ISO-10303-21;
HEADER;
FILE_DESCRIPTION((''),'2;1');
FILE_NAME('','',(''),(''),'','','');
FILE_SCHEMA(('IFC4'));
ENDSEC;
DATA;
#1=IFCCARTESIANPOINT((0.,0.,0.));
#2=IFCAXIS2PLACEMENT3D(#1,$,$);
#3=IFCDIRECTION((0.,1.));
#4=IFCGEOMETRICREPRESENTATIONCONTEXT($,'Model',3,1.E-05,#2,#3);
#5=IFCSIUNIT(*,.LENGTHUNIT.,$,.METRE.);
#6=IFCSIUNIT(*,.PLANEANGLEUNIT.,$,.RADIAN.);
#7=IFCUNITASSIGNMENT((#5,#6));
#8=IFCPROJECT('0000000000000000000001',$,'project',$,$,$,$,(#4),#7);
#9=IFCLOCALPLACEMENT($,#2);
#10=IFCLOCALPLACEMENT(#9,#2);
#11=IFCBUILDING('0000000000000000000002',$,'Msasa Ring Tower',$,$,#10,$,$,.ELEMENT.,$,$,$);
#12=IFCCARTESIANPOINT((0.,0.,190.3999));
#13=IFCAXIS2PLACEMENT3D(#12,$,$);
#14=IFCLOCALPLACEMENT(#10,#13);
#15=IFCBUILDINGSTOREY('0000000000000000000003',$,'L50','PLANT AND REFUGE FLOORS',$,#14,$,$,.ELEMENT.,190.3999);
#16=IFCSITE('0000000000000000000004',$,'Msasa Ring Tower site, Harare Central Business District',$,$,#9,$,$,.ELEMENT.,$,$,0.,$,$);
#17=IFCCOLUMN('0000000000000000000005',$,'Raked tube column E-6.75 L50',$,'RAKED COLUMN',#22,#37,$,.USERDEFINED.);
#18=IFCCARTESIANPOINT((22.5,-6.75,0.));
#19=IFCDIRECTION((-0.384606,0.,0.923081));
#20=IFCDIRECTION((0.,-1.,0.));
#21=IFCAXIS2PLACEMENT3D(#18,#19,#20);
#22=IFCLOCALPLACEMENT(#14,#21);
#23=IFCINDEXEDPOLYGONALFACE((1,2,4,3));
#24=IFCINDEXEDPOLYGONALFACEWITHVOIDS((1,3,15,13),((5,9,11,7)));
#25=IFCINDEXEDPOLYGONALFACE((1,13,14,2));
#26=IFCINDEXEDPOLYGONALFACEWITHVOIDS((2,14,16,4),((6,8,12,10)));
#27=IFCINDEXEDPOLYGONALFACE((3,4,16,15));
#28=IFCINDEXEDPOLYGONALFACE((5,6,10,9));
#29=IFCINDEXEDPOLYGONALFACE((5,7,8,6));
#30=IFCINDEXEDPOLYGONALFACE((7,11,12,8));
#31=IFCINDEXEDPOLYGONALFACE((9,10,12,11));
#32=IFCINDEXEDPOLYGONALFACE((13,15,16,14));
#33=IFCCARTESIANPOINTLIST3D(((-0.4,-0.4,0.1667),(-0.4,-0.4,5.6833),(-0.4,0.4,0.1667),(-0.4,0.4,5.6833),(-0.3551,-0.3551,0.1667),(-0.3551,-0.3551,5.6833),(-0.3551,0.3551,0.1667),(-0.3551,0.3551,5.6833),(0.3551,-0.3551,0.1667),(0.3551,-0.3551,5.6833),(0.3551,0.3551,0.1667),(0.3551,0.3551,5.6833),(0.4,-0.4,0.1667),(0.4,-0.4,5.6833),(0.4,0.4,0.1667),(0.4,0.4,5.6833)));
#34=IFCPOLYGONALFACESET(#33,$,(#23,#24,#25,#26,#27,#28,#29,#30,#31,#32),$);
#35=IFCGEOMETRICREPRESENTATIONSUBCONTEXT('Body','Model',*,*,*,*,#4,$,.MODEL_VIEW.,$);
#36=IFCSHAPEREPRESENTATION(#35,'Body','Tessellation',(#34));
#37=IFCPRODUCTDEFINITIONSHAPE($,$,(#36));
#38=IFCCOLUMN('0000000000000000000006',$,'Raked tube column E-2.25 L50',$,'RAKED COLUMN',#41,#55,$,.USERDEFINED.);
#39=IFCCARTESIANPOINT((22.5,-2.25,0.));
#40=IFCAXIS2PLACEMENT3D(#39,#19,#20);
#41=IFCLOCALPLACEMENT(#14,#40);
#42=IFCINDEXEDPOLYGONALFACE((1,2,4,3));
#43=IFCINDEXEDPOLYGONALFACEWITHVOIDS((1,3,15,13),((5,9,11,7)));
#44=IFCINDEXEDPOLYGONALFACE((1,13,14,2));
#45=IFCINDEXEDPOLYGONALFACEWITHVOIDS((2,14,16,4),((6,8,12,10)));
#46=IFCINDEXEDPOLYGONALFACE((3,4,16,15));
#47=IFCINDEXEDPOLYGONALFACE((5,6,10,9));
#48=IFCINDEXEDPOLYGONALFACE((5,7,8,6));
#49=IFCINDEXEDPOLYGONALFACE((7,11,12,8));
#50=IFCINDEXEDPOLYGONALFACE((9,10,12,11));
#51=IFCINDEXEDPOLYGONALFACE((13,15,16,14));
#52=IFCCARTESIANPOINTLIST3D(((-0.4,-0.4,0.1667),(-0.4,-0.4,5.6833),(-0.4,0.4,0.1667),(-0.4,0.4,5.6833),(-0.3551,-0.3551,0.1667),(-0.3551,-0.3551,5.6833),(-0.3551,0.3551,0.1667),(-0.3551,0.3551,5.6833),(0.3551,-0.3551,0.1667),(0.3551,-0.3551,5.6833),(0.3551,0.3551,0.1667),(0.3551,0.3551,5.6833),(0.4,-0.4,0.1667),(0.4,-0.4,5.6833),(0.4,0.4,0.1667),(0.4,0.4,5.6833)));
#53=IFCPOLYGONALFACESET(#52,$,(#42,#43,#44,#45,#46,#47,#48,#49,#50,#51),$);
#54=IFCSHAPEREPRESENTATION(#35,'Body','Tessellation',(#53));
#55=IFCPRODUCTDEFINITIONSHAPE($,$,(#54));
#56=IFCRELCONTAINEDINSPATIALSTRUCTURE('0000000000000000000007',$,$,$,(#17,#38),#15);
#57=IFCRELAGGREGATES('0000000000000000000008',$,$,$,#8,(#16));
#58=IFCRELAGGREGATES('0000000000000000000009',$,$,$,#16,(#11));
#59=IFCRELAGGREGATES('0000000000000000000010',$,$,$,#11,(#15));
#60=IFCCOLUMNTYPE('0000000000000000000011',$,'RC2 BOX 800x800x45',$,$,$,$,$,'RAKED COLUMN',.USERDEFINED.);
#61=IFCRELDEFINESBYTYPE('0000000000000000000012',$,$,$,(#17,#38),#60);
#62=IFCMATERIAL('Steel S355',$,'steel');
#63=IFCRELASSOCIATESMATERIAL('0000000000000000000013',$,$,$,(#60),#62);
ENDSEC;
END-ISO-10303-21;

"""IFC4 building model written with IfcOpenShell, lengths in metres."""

from ifc_helpers import new_model, si_unit, direction, frame, origin, origin_2d, place, context, subcontext, project, spatial, hollow_rectangle, extrude, clip, halfspace, material, material_profile, profile_set, type_object, element, save


model = new_model("IFC4")

# Units and contexts
model_context = context("Model", 3, precision=1e-05, world=origin(), true_north=direction((0.0, 1.0)))
body_context = subcontext(model_context, "Body", "Model", "MODEL_VIEW")
ifc_project = project(units=[si_unit("LENGTHUNIT", "METRE"), si_unit("PLANEANGLEUNIT", "RADIAN")], contexts=[model_context])

# Site, building, storey
site_placement = place(None, origin())
site = spatial("IfcSite", under=ifc_project, at=site_placement, Name="Msasa Ring Tower site, Harare Central Business District", CompositionType="ELEMENT", RefElevation=0.0)
building_placement = place(site_placement, origin())
building = spatial("IfcBuilding", under=site, at=building_placement, Name="Msasa Ring Tower", CompositionType="ELEMENT")
storey_placement = place(building_placement, frame((0.0, 0.0, 190.3999)))
storey = spatial("IfcBuildingStorey", under=building, at=storey_placement, Name="L50", Description="PLANT AND REFUGE FLOORS", CompositionType="ELEMENT", Elevation=190.3999)

# Columns
ifc_material_1 = material(Name="Steel S355", Category="steel")
ifc_material_profile_1 = material_profile(ifc_material_1, hollow_rectangle(XDim=0.8, YDim=0.8, WallThickness=0.0449, at=origin_2d()), Name="BOX 800x800x45")
ifc_profile_set_1 = profile_set([ifc_material_profile_1], Name="Steel S355")
column_type = type_object("IfcColumnType", Name="RC2 BOX 800x800x45", ElementType="RAKED COLUMN", PredefinedType="USERDEFINED", material=ifc_profile_set_1)
for number, where, z_axis, x_axis, name in (
    (1, (22.5, -6.75, 0.0), (-0.384606, 0.0, 0.923081), (0.0, -1.0, 0.0), "Raked tube column E-6.75 L50"),
    (2, (22.5, -2.25, 0.0), (-0.384606, 0.0, 0.923081), (0.0, -1.0, 0.0), "Raked tube column E-2.25 L50"),
):
    element("IfcColumn", number, at=place(storey_placement, frame(where, z_axis=z_axis, x_axis=x_axis)), inside=storey, type_object=column_type, Name=name, ObjectType="RAKED COLUMN", PredefinedType="USERDEFINED", context=body_context, shape_type="Clipping", body=[
        clip(clip(extrude(hollow_rectangle(XDim=0.8, YDim=0.8, WallThickness=0.0449, at=origin_2d()), origin(), (0.0, 0.0, 1.0), 5.8501), halfspace(frame((0.0, 0.0, 0.1667), z_axis=(0.0, 0.0, 1.0)), True)), halfspace(frame((0.0, 0.0, 5.6833), z_axis=(0.0, 0.0, -1.0)), True)),
    ])

save(model, "model.ifc")
